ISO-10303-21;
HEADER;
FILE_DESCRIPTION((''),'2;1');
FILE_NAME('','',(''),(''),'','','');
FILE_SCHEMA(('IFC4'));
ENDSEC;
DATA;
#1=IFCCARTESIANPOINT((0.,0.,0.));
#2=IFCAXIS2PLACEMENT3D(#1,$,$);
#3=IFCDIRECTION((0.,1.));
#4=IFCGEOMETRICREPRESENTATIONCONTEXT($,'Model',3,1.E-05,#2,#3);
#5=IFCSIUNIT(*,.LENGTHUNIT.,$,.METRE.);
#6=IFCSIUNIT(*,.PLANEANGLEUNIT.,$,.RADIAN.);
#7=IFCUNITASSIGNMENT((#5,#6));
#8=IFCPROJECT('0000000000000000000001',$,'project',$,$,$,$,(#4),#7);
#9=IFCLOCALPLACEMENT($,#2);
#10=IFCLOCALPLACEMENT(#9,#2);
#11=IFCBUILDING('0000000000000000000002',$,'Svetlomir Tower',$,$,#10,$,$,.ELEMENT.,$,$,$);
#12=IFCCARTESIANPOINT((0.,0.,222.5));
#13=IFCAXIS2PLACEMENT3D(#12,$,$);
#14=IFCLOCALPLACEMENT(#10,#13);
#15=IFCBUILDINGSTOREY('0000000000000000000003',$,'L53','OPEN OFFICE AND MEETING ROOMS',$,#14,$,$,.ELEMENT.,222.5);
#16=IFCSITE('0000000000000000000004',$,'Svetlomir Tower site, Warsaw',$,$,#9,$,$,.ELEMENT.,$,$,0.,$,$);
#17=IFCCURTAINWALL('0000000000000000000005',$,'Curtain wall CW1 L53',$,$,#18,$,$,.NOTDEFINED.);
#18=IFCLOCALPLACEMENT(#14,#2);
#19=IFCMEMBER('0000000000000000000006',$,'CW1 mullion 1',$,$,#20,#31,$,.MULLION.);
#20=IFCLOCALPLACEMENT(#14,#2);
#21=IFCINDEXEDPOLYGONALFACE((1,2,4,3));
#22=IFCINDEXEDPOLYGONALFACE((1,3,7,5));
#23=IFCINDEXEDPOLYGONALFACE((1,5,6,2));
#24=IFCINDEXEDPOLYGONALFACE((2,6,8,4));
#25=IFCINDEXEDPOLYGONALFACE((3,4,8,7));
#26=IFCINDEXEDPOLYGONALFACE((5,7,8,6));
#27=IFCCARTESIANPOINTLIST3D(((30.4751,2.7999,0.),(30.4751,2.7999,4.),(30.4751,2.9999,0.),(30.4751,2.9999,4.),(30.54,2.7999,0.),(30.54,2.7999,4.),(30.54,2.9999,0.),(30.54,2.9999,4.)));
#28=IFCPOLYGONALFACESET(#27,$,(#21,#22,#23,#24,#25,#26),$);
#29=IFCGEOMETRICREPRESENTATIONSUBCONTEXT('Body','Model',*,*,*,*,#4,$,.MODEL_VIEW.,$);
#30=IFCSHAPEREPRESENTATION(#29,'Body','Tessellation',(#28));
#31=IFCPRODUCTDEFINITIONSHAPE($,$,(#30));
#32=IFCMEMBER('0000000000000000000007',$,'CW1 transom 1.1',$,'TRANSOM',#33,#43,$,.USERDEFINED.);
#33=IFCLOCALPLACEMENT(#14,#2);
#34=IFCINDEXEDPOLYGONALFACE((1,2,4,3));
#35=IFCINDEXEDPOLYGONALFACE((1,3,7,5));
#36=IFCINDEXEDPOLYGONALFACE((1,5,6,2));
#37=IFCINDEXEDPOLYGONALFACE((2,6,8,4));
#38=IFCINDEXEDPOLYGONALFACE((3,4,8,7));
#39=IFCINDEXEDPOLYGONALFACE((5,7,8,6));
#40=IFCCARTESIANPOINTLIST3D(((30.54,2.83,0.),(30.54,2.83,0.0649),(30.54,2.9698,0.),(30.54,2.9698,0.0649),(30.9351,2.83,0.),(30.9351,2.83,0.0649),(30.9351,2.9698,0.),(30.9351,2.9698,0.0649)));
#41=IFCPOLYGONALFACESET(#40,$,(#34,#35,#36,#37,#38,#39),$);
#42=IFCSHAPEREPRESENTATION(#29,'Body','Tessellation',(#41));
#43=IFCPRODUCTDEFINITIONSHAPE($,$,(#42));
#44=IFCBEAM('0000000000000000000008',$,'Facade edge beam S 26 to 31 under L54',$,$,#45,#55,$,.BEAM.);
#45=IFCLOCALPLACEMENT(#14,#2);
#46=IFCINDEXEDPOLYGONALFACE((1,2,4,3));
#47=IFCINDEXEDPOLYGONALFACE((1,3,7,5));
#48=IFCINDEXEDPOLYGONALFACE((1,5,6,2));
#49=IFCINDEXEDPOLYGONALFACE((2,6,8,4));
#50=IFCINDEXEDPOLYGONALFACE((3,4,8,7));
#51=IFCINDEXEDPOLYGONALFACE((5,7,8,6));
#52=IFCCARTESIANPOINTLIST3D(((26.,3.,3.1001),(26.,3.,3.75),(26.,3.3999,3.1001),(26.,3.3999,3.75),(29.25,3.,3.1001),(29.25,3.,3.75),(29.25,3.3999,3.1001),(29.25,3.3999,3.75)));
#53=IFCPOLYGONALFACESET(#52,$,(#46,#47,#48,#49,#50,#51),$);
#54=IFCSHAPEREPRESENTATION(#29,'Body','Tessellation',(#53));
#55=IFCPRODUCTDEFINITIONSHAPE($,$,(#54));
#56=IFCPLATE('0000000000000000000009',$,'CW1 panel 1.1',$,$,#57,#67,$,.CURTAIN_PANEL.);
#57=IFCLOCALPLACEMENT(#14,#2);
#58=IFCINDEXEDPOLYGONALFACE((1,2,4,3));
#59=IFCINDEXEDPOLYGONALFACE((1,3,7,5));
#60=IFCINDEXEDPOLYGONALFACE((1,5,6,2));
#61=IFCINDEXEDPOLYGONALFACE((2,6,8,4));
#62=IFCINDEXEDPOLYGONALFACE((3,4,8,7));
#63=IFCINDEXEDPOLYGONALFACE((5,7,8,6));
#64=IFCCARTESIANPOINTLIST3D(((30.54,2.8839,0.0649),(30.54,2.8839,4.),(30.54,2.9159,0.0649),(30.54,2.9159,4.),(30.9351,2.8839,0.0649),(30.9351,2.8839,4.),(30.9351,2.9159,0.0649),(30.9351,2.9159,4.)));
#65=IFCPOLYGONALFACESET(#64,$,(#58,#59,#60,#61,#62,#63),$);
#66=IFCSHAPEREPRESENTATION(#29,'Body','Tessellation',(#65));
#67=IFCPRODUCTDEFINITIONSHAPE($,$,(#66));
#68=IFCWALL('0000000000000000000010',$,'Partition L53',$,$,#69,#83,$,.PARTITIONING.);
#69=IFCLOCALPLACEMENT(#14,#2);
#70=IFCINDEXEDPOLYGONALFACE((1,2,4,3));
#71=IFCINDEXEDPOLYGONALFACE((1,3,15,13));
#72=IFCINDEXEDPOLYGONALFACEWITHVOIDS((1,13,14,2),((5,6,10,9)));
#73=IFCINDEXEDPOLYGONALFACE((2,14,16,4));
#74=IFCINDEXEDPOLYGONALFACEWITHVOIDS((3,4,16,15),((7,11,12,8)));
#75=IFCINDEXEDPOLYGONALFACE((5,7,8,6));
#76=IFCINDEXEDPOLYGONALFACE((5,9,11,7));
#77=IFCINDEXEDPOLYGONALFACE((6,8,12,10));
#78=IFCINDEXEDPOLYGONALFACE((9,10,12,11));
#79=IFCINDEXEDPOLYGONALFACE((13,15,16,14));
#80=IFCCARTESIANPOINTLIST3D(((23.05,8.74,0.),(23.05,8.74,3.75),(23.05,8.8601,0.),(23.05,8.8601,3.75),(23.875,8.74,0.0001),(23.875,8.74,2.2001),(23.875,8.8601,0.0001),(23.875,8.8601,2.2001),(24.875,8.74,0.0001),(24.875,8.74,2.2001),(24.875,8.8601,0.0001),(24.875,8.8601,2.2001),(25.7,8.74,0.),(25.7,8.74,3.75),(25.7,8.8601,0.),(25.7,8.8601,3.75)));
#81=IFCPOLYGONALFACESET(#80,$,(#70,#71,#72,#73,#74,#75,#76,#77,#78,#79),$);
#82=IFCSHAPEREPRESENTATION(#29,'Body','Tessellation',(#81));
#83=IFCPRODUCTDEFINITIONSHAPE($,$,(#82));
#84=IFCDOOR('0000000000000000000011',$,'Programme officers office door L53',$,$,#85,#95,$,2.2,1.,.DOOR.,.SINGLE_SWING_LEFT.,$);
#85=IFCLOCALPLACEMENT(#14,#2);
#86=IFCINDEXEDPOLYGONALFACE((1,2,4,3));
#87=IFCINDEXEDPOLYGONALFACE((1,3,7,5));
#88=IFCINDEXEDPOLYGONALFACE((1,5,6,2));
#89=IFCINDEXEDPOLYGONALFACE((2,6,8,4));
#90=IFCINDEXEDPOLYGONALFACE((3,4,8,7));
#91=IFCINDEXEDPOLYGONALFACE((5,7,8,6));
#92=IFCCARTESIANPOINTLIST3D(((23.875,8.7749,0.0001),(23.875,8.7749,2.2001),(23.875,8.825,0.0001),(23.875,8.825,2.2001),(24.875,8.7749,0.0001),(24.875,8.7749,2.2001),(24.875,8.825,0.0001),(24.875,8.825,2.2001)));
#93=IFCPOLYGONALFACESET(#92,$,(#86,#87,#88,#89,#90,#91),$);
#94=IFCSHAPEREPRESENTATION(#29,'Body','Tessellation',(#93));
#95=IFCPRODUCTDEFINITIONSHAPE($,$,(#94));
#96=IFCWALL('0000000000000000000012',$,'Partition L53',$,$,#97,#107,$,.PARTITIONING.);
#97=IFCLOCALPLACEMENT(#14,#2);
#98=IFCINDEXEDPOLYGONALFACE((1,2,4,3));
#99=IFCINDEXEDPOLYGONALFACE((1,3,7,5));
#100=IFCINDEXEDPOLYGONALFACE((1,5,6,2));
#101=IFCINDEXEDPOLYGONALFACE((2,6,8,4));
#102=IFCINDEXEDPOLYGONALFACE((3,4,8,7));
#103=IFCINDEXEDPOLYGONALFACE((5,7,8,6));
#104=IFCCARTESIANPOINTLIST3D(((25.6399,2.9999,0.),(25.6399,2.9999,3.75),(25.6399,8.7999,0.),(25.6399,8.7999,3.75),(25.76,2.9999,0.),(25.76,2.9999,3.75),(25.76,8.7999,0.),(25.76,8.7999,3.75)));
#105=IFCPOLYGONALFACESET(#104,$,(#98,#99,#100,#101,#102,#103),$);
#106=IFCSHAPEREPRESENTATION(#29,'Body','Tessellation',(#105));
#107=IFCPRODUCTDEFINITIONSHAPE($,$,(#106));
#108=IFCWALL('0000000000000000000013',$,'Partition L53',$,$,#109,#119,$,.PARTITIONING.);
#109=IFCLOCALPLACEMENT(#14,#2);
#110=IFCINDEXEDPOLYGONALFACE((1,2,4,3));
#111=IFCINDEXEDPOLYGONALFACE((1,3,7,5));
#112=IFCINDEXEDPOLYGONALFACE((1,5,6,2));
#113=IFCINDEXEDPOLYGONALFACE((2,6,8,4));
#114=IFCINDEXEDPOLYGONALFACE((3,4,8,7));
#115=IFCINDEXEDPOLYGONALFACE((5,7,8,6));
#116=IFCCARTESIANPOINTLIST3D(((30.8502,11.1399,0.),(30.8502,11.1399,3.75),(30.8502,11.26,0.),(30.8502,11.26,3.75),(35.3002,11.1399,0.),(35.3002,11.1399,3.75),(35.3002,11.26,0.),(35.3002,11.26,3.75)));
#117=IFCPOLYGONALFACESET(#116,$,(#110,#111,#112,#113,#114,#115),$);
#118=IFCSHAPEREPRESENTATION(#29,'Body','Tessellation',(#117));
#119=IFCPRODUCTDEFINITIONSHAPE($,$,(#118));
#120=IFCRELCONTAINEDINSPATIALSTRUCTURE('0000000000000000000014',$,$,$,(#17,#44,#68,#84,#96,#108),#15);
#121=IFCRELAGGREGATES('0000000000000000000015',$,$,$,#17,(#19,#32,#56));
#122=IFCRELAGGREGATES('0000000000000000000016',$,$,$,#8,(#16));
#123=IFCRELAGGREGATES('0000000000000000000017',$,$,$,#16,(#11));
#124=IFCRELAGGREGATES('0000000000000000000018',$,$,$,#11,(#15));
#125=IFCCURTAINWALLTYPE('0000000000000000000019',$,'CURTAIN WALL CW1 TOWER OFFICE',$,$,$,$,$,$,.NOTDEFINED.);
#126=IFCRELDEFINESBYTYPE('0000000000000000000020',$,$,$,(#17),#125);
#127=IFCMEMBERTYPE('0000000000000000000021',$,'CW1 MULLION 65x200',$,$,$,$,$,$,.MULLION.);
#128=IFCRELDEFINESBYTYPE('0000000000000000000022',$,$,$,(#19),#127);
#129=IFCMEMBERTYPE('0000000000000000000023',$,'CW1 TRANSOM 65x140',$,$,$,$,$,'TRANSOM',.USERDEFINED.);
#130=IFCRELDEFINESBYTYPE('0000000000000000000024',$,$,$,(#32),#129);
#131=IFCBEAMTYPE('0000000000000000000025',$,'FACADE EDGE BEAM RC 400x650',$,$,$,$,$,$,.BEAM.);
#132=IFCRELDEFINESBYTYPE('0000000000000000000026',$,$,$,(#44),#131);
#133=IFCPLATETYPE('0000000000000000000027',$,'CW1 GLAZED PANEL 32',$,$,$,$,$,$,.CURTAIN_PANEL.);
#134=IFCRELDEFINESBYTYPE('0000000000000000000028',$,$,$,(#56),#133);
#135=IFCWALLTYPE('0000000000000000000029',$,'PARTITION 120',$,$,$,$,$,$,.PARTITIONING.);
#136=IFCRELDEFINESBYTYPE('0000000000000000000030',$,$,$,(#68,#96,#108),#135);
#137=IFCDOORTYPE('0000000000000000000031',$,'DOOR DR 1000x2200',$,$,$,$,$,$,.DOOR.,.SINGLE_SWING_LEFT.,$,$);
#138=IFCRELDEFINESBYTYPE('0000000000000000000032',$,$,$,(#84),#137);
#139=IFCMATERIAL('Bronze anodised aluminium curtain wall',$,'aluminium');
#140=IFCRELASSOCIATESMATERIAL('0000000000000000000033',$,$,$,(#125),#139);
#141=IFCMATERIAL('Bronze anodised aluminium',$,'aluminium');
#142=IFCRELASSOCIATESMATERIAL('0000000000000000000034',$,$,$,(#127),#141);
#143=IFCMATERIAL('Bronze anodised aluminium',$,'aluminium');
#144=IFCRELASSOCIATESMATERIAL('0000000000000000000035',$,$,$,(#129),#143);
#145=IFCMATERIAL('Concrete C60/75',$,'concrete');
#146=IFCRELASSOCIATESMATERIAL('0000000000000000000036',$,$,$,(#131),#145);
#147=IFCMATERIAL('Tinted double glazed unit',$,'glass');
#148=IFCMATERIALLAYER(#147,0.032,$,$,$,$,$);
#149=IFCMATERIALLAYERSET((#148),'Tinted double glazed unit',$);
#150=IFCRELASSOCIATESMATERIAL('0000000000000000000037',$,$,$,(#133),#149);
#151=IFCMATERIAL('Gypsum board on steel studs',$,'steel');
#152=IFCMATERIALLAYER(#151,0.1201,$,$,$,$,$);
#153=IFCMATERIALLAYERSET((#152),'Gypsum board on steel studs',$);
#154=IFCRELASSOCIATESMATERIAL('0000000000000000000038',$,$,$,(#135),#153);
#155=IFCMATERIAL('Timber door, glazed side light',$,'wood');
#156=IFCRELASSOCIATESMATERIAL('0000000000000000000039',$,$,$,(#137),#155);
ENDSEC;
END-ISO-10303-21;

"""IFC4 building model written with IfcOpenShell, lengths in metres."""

from ifc_helpers import new_model, si_unit, direction, frame, frame_2d, origin, origin_2d, place, context, subcontext, project, spatial, rectangle, extrude, material, layer, layer_set, material_profile, profile_set, type_object, element, fill, aggregate, save


model = new_model("IFC4")

# Units and contexts
model_context = context("Model", 3, precision=1e-05, world=origin(), true_north=direction((0.0, 1.0)))
body_context = subcontext(model_context, "Body", "Model", "MODEL_VIEW")
ifc_project = project(units=[si_unit("LENGTHUNIT", "METRE"), si_unit("PLANEANGLEUNIT", "RADIAN")], contexts=[model_context])

# Site, building, storey
site_placement = place(None, origin())
site = spatial("IfcSite", under=ifc_project, at=site_placement, Name="Svetlomir Tower site, Warsaw", CompositionType="ELEMENT", RefElevation=0.0)
building_placement = place(site_placement, origin())
building = spatial("IfcBuilding", under=site, at=building_placement, Name="Svetlomir Tower", CompositionType="ELEMENT")
storey_placement = place(building_placement, frame((0.0, 0.0, 222.5)))
storey = spatial("IfcBuildingStorey", under=building, at=storey_placement, Name="L53", Description="OPEN OFFICE AND MEETING ROOMS", CompositionType="ELEMENT", Elevation=222.5)

# Curtain wall, members
ifc_material_1 = material(Name="Bronze anodised aluminium curtain wall", Category="aluminium")
curtain_wall_type = type_object("IfcCurtainWallType", Name="CURTAIN WALL CW1 TOWER OFFICE", PredefinedType="NOTDEFINED", material=ifc_material_1)
curtain_wall_placement = place(storey_placement, origin())
curtain_wall = element("IfcCurtainWall", 1, at=curtain_wall_placement, inside=storey, type_object=curtain_wall_type, Name="Curtain wall CW1 L53", PredefinedType="NOTDEFINED")
ifc_material_2 = material(Name="Bronze anodised aluminium", Category="aluminium")
ifc_material_profile_1 = material_profile(ifc_material_2, rectangle(XDim=0.0649, YDim=0.2, at=origin_2d()), Name="AL 65x200")
ifc_profile_set_1 = profile_set([ifc_material_profile_1], Name="Bronze anodised aluminium 6063-T6")
member_type_1 = type_object("IfcMemberType", Name="CW1 MULLION 65x200", PredefinedType="MULLION", material=ifc_profile_set_1)
member_1_placement = place(storey_placement, frame((30.5076, 2.8999, 0.0), z_axis=(0.0, 0.0, 1.0), x_axis=(1.0, 0.0, 0.0)))
member_1 = element("IfcMember", 2, at=member_1_placement, type_object=member_type_1, Name="CW1 mullion 1", PredefinedType="MULLION", context=body_context, shape_type="SweptSolid", body=[
    extrude(rectangle(XDim=0.0649, YDim=0.2, at=origin_2d()), origin(), (0.0, 0.0, 1.0), 4.0),
])
ifc_material_3 = material(Name="Bronze anodised aluminium", Category="aluminium")
ifc_material_profile_2 = material_profile(ifc_material_3, rectangle(XDim=0.1399, YDim=0.0649, at=origin_2d()), Name="AL 140x65")
ifc_profile_set_2 = profile_set([ifc_material_profile_2], Name="Bronze anodised aluminium 6063-T6")
member_type_2 = type_object("IfcMemberType", Name="CW1 TRANSOM 65x140", ElementType="TRANSOM", PredefinedType="USERDEFINED", material=ifc_profile_set_2)
member_2_placement = place(storey_placement, frame((30.54, 2.8999, 0.0325), z_axis=(1.0, 0.0, 0.0), x_axis=(0.0, 1.0, 0.0)))
member_2 = element("IfcMember", 3, at=member_2_placement, type_object=member_type_2, Name="CW1 transom 1.1", ObjectType="TRANSOM", PredefinedType="USERDEFINED", context=body_context, shape_type="SweptSolid", body=[
    extrude(rectangle(XDim=0.1399, YDim=0.0649, at=origin_2d()), origin(), (0.0, 0.0, 1.0), 0.395),
])

# Beam
ifc_material_4 = material(Name="Concrete C60/75", Category="concrete")
ifc_material_profile_3 = material_profile(ifc_material_4, rectangle(XDim=0.3999, YDim=0.6499, at=origin_2d()), Name="RC 400x650")
ifc_profile_set_3 = profile_set([ifc_material_profile_3], Name="Concrete C60/75")
beam_type = type_object("IfcBeamType", Name="FACADE EDGE BEAM RC 400x650", PredefinedType="BEAM", material=ifc_profile_set_3)
beam_placement = place(storey_placement, frame((26.0, 3.2, 3.425), z_axis=(1.0, 0.0, 0.0), x_axis=(0.0, 1.0, 0.0)))
element("IfcBeam", 4, at=beam_placement, inside=storey, type_object=beam_type, Name="Facade edge beam S 26 to 31 under L54", PredefinedType="BEAM", context=body_context, shape_type="SweptSolid", body=[
    extrude(rectangle(XDim=0.3999, YDim=0.6499, at=origin_2d()), origin(), (0.0, 0.0, 1.0), 3.25),
])

# Plate
ifc_material_5 = material(Name="Tinted double glazed unit", Category="glass")
ifc_layer_1 = layer(ifc_material_5, 0.032)
ifc_layer_set_1 = layer_set([ifc_layer_1], Name="Tinted double glazed unit")
plate_type = type_object("IfcPlateType", Name="CW1 GLAZED PANEL 32", PredefinedType="CURTAIN_PANEL", material=ifc_layer_set_1)
plate_placement = place(storey_placement, frame((30.7375, 2.8999, 0.0649), z_axis=(0.0, 0.0, 1.0), x_axis=(1.0, 0.0, 0.0)))
plate = element("IfcPlate", 5, at=plate_placement, type_object=plate_type, Name="CW1 panel 1.1", PredefinedType="CURTAIN_PANEL", context=body_context, shape_type="SweptSolid", body=[
    extrude(rectangle(XDim=0.395, YDim=0.032, at=origin_2d()), origin(), (0.0, 0.0, 1.0), 3.9351),
])
aggregate(curtain_wall, [member_1, member_2, plate])

# Wall, opening, door
ifc_material_6 = material(Name="Gypsum board on steel studs", Category="steel")
ifc_layer_2 = layer(ifc_material_6, 0.1201)
ifc_layer_set_2 = layer_set([ifc_layer_2], Name="Gypsum board on steel studs")
wall_type = type_object("IfcWallType", Name="PARTITION 120", PredefinedType="PARTITIONING", material=ifc_layer_set_2)
wall_1_placement = place(storey_placement, frame((23.05, 8.8, 0.0), z_axis=(0.0, 0.0, 1.0), x_axis=(1.0, 0.0, 0.0)))
wall_1 = element("IfcWall", 6, at=wall_1_placement, inside=storey, type_object=wall_type, Name="Partition L53", PredefinedType="PARTITIONING", context=body_context, shape_type="SweptSolid", body=[
    extrude(rectangle(XDim=2.6499, YDim=0.1201, at=frame_2d((1.325, 0.0))), origin(), (0.0, 0.0, 1.0), 3.75),
])
opening_placement = place(wall_1_placement, frame((0.825, 0.0, 0.0)))
opening = element("IfcOpeningElement", 7, at=opening_placement, cuts=wall_1, PredefinedType="OPENING", context=body_context, shape_type="SweptSolid", body=[
    extrude(rectangle(XDim=1.0, YDim=2.2, at=frame_2d((0.5, 1.1001))), frame((0.0, 0.0701, 0.0), z_axis=(0.0, -1.0, 0.0), x_axis=(1.0, 0.0, 0.0)), (0.0, 0.0, 1.0), 0.1401),
])
ifc_material_7 = material(Name="Timber door, glazed side light", Category="wood")
door_type = type_object("IfcDoorType", Name="DOOR DR 1000x2200", OperationType="SINGLE_SWING_LEFT", PredefinedType="DOOR", material=ifc_material_7)
door_placement = place(opening_placement, origin())
door = element("IfcDoor", 8, at=door_placement, inside=storey, type_object=door_type, Name="Programme officers office door L53", OperationType="SINGLE_SWING_LEFT", OverallHeight=2.2, OverallWidth=1.0, PredefinedType="DOOR", context=body_context, shape_type="SweptSolid", body=[
    extrude(rectangle(XDim=1.0, YDim=2.2, at=frame_2d((0.5, 1.1001))), frame((0.0, 0.0249, 0.0), z_axis=(0.0, -1.0, 0.0), x_axis=(1.0, 0.0, 0.0)), (0.0, 0.0, 1.0), 0.05),
])
fill(opening, door)

# Walls
wall_2_placement = place(storey_placement, frame((25.7, 3.0, 0.0), z_axis=(0.0, 0.0, 1.0), x_axis=(0.0, 1.0, 0.0)))
element("IfcWall", 9, at=wall_2_placement, inside=storey, type_object=wall_type, Name="Partition L53", PredefinedType="PARTITIONING", context=body_context, shape_type="SweptSolid", body=[
    extrude(rectangle(XDim=5.8, YDim=0.1201, at=frame_2d((2.8999, 0.0))), origin(), (0.0, 0.0, 1.0), 3.75),
])
wall_3_placement = place(storey_placement, frame((30.8501, 11.2, 0.0), z_axis=(0.0, 0.0, 1.0), x_axis=(1.0, 0.0, 0.0)))
element("IfcWall", 10, at=wall_3_placement, inside=storey, type_object=wall_type, Name="Partition L53", PredefinedType="PARTITIONING", context=body_context, shape_type="SweptSolid", body=[
    extrude(rectangle(XDim=4.45, YDim=0.1201, at=frame_2d((2.2251, 0.0))), origin(), (0.0, 0.0, 1.0), 3.75),
])

save(model, "model.ifc")
